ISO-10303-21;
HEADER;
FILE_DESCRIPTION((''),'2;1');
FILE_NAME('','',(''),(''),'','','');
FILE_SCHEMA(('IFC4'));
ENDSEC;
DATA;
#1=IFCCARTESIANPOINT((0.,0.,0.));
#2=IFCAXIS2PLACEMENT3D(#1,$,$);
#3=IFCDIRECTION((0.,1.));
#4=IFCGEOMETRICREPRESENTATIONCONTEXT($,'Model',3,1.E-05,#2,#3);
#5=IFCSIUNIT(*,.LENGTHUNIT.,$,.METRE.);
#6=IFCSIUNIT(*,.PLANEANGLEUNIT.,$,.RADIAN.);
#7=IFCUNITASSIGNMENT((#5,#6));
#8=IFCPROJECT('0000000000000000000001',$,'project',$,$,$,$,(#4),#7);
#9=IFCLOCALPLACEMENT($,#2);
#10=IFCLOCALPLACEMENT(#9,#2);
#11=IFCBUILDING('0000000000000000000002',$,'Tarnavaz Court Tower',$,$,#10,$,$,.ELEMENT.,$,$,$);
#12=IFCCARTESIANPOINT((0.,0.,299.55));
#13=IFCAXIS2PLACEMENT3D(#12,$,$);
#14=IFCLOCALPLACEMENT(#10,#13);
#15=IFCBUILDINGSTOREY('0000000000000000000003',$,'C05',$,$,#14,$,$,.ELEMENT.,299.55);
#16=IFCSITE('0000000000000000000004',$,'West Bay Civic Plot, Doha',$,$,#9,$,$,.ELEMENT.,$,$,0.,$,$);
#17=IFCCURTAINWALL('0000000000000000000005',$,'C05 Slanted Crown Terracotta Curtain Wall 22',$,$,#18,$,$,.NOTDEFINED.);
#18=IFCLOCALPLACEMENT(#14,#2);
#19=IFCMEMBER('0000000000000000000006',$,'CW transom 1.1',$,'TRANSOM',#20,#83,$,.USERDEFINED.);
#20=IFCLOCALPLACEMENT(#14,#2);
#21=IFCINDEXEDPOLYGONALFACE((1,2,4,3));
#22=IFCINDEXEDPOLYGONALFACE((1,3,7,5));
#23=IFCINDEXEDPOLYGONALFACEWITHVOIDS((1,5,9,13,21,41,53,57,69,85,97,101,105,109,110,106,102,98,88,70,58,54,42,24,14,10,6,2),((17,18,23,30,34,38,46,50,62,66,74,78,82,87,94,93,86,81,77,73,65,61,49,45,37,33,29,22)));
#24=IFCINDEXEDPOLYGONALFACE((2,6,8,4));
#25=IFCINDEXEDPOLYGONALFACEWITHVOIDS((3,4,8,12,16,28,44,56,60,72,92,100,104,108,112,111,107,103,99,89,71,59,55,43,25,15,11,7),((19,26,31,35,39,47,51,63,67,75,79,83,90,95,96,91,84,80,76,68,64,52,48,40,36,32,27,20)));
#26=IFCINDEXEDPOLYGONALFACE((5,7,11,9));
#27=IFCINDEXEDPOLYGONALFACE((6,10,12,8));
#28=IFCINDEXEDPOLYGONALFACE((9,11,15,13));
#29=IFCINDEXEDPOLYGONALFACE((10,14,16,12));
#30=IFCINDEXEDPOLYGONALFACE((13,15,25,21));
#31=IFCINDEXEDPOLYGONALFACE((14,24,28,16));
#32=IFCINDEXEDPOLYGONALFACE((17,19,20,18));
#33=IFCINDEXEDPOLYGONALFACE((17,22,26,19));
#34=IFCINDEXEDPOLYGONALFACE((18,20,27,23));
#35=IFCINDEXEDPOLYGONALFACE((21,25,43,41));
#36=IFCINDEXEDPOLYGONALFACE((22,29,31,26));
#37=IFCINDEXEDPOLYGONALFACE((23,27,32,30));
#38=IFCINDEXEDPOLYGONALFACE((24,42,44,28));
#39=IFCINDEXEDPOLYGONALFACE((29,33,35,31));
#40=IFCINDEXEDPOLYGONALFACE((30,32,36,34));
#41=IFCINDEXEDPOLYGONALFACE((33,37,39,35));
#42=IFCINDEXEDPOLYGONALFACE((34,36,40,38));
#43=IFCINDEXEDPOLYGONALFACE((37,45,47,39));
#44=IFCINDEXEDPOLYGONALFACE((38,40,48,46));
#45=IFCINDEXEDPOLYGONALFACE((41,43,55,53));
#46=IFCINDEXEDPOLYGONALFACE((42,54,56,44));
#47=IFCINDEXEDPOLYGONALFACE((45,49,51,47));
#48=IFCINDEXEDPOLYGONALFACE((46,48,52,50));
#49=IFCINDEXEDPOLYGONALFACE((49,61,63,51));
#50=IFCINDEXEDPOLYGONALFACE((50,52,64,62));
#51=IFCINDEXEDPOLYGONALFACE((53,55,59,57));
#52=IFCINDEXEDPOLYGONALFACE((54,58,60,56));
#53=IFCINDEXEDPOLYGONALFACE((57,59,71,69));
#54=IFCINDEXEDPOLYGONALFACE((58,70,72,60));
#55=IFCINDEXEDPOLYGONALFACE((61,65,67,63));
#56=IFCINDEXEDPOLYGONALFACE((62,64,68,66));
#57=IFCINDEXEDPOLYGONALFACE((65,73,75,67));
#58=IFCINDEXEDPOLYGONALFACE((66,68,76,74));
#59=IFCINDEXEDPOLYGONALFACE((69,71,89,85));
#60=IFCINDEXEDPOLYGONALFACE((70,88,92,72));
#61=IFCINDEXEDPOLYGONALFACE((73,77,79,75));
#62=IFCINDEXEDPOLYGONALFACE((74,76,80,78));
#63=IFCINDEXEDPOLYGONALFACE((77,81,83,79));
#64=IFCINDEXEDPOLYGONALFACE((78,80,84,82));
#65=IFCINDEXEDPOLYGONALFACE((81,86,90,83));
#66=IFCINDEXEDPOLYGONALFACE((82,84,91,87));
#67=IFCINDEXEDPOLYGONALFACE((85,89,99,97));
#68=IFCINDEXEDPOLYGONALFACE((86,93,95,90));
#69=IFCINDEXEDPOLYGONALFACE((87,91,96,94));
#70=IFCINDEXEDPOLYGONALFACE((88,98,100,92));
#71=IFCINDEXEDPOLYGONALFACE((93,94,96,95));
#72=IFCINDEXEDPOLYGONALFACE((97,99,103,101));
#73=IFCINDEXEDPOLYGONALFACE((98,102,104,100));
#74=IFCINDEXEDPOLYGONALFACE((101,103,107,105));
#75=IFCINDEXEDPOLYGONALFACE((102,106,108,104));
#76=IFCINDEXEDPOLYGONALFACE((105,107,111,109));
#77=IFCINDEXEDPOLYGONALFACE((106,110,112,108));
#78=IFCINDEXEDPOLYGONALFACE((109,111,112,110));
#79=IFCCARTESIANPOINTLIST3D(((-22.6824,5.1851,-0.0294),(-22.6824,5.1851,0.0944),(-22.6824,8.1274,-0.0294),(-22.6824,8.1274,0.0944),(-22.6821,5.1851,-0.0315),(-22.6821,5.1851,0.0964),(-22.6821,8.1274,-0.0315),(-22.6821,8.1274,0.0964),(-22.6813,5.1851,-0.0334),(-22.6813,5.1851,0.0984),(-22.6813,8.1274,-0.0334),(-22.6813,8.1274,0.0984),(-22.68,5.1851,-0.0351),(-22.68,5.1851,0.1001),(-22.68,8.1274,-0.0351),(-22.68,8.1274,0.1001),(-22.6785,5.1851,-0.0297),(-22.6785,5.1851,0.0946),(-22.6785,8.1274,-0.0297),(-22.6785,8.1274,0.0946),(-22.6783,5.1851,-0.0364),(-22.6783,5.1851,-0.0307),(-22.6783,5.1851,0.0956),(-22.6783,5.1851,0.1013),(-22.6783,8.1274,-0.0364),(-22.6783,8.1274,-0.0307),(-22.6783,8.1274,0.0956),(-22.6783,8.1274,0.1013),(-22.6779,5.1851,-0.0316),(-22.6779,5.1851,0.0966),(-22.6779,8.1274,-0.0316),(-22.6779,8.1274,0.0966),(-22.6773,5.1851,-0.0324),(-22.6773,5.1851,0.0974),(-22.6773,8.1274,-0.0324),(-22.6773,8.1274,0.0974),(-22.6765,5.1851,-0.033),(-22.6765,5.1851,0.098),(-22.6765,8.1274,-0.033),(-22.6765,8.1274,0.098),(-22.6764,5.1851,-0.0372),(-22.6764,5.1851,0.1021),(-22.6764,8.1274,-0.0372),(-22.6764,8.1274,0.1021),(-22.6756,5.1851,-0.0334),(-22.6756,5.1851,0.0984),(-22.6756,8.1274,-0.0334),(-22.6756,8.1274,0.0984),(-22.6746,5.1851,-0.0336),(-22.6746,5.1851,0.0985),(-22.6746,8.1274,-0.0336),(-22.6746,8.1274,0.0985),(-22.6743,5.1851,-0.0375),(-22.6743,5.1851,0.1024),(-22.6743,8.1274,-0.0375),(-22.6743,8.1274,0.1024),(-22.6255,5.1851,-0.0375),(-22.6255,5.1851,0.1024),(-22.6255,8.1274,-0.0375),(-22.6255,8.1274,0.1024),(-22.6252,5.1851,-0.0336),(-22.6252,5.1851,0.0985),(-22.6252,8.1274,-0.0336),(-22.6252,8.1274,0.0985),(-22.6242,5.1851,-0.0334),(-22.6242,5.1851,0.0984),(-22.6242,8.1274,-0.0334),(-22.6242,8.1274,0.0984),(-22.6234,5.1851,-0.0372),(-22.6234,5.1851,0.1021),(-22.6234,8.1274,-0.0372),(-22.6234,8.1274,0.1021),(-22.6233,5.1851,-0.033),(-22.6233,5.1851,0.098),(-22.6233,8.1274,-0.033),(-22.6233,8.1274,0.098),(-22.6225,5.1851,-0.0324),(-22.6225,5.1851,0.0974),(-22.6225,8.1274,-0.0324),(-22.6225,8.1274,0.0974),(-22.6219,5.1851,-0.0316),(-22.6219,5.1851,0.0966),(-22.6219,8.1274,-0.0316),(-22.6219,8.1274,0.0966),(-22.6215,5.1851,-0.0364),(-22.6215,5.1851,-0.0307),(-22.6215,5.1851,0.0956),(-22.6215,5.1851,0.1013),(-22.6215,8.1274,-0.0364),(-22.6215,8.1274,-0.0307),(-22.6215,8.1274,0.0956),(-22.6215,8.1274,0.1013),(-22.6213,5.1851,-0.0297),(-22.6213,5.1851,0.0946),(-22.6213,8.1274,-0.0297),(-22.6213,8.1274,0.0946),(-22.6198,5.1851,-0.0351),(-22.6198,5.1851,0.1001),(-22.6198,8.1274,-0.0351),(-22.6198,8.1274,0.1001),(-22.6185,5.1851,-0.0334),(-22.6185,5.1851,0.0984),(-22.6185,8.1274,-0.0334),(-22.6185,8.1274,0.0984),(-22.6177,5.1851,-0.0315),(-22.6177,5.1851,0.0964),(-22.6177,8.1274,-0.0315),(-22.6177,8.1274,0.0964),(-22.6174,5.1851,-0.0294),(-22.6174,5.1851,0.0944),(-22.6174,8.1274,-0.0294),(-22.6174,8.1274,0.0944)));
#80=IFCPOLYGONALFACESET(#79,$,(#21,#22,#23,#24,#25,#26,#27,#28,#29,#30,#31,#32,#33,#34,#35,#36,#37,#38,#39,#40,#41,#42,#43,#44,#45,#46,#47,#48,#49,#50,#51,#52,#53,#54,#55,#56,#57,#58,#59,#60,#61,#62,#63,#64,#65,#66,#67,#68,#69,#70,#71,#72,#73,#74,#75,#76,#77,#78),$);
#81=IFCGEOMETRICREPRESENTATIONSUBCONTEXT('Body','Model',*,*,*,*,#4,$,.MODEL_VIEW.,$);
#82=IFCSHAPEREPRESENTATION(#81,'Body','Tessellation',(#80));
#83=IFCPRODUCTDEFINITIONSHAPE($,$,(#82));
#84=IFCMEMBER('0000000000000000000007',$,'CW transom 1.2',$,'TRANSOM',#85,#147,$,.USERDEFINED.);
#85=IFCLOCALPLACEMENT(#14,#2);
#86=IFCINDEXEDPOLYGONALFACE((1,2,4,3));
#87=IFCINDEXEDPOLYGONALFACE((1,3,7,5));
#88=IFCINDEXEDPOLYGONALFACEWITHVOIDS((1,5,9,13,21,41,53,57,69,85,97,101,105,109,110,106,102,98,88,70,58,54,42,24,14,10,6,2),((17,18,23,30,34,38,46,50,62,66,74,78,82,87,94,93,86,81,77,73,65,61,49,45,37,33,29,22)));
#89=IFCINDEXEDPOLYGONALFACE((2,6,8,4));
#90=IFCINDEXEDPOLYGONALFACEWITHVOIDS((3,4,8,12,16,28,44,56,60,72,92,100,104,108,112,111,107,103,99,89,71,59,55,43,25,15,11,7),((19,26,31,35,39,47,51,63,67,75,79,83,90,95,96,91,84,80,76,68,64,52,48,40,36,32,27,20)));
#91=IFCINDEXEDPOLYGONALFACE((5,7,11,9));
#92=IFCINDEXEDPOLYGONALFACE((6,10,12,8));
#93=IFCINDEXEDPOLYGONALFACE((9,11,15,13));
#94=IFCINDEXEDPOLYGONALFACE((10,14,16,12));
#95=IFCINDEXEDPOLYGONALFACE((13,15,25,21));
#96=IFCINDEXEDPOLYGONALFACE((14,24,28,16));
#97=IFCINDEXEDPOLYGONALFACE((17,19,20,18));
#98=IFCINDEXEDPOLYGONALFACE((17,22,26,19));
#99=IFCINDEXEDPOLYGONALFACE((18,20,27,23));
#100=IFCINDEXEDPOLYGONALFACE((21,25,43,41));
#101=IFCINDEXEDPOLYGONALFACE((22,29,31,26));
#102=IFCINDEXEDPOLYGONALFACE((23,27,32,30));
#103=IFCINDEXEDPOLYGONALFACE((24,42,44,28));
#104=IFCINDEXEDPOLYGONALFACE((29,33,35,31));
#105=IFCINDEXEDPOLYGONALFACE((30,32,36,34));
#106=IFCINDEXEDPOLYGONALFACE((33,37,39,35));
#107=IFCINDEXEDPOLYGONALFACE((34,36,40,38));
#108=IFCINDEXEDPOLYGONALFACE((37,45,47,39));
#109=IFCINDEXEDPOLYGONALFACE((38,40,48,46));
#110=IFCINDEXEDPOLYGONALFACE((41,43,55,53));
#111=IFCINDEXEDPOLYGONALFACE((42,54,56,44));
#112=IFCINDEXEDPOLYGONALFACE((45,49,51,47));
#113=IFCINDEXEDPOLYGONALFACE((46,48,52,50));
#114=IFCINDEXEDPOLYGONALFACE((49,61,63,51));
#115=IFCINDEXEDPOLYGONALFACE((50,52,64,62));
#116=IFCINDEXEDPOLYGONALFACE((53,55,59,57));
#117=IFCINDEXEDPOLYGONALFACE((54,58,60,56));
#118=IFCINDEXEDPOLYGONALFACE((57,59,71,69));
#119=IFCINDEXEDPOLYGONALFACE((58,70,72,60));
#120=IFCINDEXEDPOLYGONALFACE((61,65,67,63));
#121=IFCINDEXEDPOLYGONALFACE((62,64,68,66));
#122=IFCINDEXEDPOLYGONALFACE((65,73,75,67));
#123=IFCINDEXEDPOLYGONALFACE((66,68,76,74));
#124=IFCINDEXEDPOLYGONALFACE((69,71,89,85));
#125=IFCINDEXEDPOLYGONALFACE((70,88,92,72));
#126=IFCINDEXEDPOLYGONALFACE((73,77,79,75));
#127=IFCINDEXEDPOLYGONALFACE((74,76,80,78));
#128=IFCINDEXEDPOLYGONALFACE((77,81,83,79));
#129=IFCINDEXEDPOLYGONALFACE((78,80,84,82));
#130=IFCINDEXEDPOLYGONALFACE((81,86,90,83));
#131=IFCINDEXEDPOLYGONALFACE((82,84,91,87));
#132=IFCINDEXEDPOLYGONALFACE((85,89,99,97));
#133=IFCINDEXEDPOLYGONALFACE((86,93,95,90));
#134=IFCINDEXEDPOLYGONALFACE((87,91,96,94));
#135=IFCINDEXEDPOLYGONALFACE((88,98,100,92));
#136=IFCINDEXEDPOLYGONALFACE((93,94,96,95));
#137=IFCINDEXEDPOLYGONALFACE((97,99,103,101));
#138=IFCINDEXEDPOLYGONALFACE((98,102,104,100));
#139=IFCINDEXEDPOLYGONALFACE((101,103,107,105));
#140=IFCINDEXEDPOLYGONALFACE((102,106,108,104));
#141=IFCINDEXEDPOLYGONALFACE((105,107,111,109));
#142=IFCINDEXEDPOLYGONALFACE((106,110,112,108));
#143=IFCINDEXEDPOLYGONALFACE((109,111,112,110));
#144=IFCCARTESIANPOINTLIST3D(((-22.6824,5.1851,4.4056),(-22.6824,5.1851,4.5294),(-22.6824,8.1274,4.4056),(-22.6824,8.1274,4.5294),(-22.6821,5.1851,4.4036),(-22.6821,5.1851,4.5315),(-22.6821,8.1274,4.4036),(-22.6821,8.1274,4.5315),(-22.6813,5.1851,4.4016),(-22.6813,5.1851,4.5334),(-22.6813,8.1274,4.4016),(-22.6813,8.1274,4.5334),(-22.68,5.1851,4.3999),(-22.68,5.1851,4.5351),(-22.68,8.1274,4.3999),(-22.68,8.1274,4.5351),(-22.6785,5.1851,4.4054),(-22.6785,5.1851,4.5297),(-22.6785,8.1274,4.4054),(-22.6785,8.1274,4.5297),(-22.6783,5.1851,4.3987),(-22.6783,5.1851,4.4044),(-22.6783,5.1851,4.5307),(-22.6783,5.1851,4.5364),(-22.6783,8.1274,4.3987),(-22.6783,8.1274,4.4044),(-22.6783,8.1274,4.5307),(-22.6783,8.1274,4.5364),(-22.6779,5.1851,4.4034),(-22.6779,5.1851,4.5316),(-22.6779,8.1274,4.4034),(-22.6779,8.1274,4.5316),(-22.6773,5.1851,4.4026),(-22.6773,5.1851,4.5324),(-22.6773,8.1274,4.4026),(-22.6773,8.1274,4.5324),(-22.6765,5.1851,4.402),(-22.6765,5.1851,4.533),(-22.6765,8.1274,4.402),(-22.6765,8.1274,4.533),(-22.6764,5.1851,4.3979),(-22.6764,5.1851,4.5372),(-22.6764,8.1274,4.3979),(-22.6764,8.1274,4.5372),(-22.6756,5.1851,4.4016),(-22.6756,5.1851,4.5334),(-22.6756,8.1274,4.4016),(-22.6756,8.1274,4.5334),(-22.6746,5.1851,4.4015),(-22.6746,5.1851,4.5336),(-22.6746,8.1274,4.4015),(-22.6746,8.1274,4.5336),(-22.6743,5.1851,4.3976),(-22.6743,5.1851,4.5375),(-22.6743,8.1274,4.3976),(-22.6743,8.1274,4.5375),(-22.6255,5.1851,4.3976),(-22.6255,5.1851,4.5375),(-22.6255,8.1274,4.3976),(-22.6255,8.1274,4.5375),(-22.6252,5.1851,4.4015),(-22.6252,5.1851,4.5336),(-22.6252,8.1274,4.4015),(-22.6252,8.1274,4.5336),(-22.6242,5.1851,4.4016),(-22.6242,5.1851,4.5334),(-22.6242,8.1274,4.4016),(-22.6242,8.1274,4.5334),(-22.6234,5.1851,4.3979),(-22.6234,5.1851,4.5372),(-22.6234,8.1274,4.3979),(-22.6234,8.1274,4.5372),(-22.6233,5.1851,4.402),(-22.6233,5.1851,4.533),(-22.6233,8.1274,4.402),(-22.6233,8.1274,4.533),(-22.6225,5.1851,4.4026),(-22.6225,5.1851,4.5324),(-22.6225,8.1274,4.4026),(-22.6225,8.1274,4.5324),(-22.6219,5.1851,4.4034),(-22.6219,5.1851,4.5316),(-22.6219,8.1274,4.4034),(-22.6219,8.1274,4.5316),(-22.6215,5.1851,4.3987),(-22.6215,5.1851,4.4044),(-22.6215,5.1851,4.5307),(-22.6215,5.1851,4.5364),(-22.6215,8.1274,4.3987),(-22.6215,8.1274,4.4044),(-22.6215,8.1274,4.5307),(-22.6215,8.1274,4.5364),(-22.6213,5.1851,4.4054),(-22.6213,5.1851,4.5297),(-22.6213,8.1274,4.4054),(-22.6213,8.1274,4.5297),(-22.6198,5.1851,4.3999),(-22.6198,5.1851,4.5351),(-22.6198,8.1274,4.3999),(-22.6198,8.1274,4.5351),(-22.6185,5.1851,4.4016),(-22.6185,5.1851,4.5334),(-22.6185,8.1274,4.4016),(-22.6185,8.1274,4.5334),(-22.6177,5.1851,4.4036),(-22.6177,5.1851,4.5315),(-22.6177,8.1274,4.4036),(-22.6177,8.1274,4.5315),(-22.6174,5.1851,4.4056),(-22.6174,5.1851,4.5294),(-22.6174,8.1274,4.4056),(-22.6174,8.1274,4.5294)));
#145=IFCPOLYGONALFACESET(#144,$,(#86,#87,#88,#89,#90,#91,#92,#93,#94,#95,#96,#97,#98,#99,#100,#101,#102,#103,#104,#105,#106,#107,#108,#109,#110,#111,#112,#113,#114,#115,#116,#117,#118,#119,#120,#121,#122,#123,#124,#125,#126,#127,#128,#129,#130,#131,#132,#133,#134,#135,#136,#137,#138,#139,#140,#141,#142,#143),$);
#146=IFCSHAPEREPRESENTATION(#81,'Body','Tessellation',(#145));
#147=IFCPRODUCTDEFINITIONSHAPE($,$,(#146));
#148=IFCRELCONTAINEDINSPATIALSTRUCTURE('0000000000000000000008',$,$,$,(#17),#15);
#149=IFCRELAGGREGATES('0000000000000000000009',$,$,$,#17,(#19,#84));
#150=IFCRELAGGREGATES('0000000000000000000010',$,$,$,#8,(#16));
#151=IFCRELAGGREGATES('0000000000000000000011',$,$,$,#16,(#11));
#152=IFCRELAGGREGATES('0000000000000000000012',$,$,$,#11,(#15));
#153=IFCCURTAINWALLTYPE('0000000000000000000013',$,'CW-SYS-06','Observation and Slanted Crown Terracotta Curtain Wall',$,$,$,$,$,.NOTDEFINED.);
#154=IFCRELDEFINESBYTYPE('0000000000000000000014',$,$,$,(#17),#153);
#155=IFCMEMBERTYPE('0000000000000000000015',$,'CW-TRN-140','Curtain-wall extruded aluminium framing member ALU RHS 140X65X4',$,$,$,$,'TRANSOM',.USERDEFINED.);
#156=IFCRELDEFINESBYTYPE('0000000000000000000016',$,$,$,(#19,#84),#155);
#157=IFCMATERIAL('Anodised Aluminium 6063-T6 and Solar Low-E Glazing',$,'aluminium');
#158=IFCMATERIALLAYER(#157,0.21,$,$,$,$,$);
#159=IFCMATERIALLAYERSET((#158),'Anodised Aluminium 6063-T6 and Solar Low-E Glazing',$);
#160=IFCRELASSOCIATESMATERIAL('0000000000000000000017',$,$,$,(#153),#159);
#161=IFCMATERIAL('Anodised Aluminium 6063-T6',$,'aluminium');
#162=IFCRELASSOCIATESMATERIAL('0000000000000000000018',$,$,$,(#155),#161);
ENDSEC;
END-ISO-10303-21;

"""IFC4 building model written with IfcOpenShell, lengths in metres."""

from ifc_helpers import new_model, si_unit, direction, frame, origin, origin_2d, place, context, subcontext, project, spatial, hollow_rectangle, extrude, material, layer, layer_set, material_profile, profile_set, type_object, element, aggregate, save


model = new_model("IFC4")

# Units and contexts
model_context = context("Model", 3, precision=1e-05, world=origin(), true_north=direction((0.0, 1.0)))
body_context = subcontext(model_context, "Body", "Model", "MODEL_VIEW")
ifc_project = project(units=[si_unit("LENGTHUNIT", "METRE"), si_unit("PLANEANGLEUNIT", "RADIAN")], contexts=[model_context])

# Site, building, storey
site_placement = place(None, origin())
site = spatial("IfcSite", under=ifc_project, at=site_placement, Name="West Bay Civic Plot, Doha", CompositionType="ELEMENT", RefElevation=0.0)
building_placement = place(site_placement, origin())
building = spatial("IfcBuilding", under=site, at=building_placement, Name="Tarnavaz Court Tower", CompositionType="ELEMENT")
storey_placement = place(building_placement, frame((0.0, 0.0, 299.55)))
storey = spatial("IfcBuildingStorey", under=building, at=storey_placement, Name="C05", CompositionType="ELEMENT", Elevation=299.55)

# Shared definitions
ifc_material_1 = material(Name="Anodised Aluminium 6063-T6 and Solar Low-E Glazing", Category="aluminium")
ifc_layer_1 = layer(ifc_material_1, 0.21)
ifc_layer_set_1 = layer_set([ifc_layer_1], Name="Anodised Aluminium 6063-T6 and Solar Low-E Glazing")
curtain_wall_type = type_object("IfcCurtainWallType", Name="CW-SYS-06", Description="Observation and Slanted Crown Terracotta Curtain Wall", PredefinedType="NOTDEFINED", material=ifc_layer_set_1)
ifc_material_2 = material(Name="Anodised Aluminium 6063-T6", Category="aluminium")

# Curtain wall
curtain_wall_1_placement = place(storey_placement, origin())
curtain_wall_1 = element("IfcCurtainWall", 1, at=curtain_wall_1_placement, inside=storey, type_object=curtain_wall_type, Name="C05 Slanted Crown Terracotta Curtain Wall 22", PredefinedType="NOTDEFINED")

# Members
ifc_material_profile_1 = material_profile(ifc_material_2, hollow_rectangle(XDim=0.0649, YDim=0.1399, WallThickness=0.0039, InnerFilletRadius=0.0039, OuterFilletRadius=0.0081, at=origin_2d()), Name="ALU RHS 140X65X4")
ifc_profile_set_1 = profile_set([ifc_material_profile_1], Name="Anodised Aluminium 6063-T6")
member_type_1 = type_object("IfcMemberType", Name="CW-TRN-140", Description="Curtain-wall extruded aluminium framing member ALU RHS 140X65X4", ElementType="TRANSOM", PredefinedType="USERDEFINED", material=ifc_profile_set_1)
member_1_placement = place(storey_placement, frame((-22.6499, 5.1851, 0.0325), z_axis=(0.0, 1.0, 0.0), x_axis=(-1.0, 0.0, 0.0)))
member_1 = element("IfcMember", 2, at=member_1_placement, type_object=member_type_1, Name="CW transom 1.1", ObjectType="TRANSOM", PredefinedType="USERDEFINED", context=body_context, shape_type="SweptSolid", body=[
    extrude(hollow_rectangle(XDim=0.0649, YDim=0.1399, WallThickness=0.0039, InnerFilletRadius=0.0039, OuterFilletRadius=0.0081, at=origin_2d()), origin(), (0.0, 0.0, 1.0), 2.9424),
])
member_2_placement = place(storey_placement, frame((-22.6499, 5.1851, 4.4675), z_axis=(0.0, 1.0, 0.0), x_axis=(-1.0, 0.0, 0.0)))
member_2 = element("IfcMember", 3, at=member_2_placement, type_object=member_type_1, Name="CW transom 1.2", ObjectType="TRANSOM", PredefinedType="USERDEFINED", context=body_context, shape_type="SweptSolid", body=[
    extrude(hollow_rectangle(XDim=0.0649, YDim=0.1399, WallThickness=0.0039, InnerFilletRadius=0.0039, OuterFilletRadius=0.0081, at=origin_2d()), origin(), (0.0, 0.0, 1.0), 2.9424),
])

aggregate(curtain_wall_1, [member_1, member_2])

save(model, "model.ifc")
